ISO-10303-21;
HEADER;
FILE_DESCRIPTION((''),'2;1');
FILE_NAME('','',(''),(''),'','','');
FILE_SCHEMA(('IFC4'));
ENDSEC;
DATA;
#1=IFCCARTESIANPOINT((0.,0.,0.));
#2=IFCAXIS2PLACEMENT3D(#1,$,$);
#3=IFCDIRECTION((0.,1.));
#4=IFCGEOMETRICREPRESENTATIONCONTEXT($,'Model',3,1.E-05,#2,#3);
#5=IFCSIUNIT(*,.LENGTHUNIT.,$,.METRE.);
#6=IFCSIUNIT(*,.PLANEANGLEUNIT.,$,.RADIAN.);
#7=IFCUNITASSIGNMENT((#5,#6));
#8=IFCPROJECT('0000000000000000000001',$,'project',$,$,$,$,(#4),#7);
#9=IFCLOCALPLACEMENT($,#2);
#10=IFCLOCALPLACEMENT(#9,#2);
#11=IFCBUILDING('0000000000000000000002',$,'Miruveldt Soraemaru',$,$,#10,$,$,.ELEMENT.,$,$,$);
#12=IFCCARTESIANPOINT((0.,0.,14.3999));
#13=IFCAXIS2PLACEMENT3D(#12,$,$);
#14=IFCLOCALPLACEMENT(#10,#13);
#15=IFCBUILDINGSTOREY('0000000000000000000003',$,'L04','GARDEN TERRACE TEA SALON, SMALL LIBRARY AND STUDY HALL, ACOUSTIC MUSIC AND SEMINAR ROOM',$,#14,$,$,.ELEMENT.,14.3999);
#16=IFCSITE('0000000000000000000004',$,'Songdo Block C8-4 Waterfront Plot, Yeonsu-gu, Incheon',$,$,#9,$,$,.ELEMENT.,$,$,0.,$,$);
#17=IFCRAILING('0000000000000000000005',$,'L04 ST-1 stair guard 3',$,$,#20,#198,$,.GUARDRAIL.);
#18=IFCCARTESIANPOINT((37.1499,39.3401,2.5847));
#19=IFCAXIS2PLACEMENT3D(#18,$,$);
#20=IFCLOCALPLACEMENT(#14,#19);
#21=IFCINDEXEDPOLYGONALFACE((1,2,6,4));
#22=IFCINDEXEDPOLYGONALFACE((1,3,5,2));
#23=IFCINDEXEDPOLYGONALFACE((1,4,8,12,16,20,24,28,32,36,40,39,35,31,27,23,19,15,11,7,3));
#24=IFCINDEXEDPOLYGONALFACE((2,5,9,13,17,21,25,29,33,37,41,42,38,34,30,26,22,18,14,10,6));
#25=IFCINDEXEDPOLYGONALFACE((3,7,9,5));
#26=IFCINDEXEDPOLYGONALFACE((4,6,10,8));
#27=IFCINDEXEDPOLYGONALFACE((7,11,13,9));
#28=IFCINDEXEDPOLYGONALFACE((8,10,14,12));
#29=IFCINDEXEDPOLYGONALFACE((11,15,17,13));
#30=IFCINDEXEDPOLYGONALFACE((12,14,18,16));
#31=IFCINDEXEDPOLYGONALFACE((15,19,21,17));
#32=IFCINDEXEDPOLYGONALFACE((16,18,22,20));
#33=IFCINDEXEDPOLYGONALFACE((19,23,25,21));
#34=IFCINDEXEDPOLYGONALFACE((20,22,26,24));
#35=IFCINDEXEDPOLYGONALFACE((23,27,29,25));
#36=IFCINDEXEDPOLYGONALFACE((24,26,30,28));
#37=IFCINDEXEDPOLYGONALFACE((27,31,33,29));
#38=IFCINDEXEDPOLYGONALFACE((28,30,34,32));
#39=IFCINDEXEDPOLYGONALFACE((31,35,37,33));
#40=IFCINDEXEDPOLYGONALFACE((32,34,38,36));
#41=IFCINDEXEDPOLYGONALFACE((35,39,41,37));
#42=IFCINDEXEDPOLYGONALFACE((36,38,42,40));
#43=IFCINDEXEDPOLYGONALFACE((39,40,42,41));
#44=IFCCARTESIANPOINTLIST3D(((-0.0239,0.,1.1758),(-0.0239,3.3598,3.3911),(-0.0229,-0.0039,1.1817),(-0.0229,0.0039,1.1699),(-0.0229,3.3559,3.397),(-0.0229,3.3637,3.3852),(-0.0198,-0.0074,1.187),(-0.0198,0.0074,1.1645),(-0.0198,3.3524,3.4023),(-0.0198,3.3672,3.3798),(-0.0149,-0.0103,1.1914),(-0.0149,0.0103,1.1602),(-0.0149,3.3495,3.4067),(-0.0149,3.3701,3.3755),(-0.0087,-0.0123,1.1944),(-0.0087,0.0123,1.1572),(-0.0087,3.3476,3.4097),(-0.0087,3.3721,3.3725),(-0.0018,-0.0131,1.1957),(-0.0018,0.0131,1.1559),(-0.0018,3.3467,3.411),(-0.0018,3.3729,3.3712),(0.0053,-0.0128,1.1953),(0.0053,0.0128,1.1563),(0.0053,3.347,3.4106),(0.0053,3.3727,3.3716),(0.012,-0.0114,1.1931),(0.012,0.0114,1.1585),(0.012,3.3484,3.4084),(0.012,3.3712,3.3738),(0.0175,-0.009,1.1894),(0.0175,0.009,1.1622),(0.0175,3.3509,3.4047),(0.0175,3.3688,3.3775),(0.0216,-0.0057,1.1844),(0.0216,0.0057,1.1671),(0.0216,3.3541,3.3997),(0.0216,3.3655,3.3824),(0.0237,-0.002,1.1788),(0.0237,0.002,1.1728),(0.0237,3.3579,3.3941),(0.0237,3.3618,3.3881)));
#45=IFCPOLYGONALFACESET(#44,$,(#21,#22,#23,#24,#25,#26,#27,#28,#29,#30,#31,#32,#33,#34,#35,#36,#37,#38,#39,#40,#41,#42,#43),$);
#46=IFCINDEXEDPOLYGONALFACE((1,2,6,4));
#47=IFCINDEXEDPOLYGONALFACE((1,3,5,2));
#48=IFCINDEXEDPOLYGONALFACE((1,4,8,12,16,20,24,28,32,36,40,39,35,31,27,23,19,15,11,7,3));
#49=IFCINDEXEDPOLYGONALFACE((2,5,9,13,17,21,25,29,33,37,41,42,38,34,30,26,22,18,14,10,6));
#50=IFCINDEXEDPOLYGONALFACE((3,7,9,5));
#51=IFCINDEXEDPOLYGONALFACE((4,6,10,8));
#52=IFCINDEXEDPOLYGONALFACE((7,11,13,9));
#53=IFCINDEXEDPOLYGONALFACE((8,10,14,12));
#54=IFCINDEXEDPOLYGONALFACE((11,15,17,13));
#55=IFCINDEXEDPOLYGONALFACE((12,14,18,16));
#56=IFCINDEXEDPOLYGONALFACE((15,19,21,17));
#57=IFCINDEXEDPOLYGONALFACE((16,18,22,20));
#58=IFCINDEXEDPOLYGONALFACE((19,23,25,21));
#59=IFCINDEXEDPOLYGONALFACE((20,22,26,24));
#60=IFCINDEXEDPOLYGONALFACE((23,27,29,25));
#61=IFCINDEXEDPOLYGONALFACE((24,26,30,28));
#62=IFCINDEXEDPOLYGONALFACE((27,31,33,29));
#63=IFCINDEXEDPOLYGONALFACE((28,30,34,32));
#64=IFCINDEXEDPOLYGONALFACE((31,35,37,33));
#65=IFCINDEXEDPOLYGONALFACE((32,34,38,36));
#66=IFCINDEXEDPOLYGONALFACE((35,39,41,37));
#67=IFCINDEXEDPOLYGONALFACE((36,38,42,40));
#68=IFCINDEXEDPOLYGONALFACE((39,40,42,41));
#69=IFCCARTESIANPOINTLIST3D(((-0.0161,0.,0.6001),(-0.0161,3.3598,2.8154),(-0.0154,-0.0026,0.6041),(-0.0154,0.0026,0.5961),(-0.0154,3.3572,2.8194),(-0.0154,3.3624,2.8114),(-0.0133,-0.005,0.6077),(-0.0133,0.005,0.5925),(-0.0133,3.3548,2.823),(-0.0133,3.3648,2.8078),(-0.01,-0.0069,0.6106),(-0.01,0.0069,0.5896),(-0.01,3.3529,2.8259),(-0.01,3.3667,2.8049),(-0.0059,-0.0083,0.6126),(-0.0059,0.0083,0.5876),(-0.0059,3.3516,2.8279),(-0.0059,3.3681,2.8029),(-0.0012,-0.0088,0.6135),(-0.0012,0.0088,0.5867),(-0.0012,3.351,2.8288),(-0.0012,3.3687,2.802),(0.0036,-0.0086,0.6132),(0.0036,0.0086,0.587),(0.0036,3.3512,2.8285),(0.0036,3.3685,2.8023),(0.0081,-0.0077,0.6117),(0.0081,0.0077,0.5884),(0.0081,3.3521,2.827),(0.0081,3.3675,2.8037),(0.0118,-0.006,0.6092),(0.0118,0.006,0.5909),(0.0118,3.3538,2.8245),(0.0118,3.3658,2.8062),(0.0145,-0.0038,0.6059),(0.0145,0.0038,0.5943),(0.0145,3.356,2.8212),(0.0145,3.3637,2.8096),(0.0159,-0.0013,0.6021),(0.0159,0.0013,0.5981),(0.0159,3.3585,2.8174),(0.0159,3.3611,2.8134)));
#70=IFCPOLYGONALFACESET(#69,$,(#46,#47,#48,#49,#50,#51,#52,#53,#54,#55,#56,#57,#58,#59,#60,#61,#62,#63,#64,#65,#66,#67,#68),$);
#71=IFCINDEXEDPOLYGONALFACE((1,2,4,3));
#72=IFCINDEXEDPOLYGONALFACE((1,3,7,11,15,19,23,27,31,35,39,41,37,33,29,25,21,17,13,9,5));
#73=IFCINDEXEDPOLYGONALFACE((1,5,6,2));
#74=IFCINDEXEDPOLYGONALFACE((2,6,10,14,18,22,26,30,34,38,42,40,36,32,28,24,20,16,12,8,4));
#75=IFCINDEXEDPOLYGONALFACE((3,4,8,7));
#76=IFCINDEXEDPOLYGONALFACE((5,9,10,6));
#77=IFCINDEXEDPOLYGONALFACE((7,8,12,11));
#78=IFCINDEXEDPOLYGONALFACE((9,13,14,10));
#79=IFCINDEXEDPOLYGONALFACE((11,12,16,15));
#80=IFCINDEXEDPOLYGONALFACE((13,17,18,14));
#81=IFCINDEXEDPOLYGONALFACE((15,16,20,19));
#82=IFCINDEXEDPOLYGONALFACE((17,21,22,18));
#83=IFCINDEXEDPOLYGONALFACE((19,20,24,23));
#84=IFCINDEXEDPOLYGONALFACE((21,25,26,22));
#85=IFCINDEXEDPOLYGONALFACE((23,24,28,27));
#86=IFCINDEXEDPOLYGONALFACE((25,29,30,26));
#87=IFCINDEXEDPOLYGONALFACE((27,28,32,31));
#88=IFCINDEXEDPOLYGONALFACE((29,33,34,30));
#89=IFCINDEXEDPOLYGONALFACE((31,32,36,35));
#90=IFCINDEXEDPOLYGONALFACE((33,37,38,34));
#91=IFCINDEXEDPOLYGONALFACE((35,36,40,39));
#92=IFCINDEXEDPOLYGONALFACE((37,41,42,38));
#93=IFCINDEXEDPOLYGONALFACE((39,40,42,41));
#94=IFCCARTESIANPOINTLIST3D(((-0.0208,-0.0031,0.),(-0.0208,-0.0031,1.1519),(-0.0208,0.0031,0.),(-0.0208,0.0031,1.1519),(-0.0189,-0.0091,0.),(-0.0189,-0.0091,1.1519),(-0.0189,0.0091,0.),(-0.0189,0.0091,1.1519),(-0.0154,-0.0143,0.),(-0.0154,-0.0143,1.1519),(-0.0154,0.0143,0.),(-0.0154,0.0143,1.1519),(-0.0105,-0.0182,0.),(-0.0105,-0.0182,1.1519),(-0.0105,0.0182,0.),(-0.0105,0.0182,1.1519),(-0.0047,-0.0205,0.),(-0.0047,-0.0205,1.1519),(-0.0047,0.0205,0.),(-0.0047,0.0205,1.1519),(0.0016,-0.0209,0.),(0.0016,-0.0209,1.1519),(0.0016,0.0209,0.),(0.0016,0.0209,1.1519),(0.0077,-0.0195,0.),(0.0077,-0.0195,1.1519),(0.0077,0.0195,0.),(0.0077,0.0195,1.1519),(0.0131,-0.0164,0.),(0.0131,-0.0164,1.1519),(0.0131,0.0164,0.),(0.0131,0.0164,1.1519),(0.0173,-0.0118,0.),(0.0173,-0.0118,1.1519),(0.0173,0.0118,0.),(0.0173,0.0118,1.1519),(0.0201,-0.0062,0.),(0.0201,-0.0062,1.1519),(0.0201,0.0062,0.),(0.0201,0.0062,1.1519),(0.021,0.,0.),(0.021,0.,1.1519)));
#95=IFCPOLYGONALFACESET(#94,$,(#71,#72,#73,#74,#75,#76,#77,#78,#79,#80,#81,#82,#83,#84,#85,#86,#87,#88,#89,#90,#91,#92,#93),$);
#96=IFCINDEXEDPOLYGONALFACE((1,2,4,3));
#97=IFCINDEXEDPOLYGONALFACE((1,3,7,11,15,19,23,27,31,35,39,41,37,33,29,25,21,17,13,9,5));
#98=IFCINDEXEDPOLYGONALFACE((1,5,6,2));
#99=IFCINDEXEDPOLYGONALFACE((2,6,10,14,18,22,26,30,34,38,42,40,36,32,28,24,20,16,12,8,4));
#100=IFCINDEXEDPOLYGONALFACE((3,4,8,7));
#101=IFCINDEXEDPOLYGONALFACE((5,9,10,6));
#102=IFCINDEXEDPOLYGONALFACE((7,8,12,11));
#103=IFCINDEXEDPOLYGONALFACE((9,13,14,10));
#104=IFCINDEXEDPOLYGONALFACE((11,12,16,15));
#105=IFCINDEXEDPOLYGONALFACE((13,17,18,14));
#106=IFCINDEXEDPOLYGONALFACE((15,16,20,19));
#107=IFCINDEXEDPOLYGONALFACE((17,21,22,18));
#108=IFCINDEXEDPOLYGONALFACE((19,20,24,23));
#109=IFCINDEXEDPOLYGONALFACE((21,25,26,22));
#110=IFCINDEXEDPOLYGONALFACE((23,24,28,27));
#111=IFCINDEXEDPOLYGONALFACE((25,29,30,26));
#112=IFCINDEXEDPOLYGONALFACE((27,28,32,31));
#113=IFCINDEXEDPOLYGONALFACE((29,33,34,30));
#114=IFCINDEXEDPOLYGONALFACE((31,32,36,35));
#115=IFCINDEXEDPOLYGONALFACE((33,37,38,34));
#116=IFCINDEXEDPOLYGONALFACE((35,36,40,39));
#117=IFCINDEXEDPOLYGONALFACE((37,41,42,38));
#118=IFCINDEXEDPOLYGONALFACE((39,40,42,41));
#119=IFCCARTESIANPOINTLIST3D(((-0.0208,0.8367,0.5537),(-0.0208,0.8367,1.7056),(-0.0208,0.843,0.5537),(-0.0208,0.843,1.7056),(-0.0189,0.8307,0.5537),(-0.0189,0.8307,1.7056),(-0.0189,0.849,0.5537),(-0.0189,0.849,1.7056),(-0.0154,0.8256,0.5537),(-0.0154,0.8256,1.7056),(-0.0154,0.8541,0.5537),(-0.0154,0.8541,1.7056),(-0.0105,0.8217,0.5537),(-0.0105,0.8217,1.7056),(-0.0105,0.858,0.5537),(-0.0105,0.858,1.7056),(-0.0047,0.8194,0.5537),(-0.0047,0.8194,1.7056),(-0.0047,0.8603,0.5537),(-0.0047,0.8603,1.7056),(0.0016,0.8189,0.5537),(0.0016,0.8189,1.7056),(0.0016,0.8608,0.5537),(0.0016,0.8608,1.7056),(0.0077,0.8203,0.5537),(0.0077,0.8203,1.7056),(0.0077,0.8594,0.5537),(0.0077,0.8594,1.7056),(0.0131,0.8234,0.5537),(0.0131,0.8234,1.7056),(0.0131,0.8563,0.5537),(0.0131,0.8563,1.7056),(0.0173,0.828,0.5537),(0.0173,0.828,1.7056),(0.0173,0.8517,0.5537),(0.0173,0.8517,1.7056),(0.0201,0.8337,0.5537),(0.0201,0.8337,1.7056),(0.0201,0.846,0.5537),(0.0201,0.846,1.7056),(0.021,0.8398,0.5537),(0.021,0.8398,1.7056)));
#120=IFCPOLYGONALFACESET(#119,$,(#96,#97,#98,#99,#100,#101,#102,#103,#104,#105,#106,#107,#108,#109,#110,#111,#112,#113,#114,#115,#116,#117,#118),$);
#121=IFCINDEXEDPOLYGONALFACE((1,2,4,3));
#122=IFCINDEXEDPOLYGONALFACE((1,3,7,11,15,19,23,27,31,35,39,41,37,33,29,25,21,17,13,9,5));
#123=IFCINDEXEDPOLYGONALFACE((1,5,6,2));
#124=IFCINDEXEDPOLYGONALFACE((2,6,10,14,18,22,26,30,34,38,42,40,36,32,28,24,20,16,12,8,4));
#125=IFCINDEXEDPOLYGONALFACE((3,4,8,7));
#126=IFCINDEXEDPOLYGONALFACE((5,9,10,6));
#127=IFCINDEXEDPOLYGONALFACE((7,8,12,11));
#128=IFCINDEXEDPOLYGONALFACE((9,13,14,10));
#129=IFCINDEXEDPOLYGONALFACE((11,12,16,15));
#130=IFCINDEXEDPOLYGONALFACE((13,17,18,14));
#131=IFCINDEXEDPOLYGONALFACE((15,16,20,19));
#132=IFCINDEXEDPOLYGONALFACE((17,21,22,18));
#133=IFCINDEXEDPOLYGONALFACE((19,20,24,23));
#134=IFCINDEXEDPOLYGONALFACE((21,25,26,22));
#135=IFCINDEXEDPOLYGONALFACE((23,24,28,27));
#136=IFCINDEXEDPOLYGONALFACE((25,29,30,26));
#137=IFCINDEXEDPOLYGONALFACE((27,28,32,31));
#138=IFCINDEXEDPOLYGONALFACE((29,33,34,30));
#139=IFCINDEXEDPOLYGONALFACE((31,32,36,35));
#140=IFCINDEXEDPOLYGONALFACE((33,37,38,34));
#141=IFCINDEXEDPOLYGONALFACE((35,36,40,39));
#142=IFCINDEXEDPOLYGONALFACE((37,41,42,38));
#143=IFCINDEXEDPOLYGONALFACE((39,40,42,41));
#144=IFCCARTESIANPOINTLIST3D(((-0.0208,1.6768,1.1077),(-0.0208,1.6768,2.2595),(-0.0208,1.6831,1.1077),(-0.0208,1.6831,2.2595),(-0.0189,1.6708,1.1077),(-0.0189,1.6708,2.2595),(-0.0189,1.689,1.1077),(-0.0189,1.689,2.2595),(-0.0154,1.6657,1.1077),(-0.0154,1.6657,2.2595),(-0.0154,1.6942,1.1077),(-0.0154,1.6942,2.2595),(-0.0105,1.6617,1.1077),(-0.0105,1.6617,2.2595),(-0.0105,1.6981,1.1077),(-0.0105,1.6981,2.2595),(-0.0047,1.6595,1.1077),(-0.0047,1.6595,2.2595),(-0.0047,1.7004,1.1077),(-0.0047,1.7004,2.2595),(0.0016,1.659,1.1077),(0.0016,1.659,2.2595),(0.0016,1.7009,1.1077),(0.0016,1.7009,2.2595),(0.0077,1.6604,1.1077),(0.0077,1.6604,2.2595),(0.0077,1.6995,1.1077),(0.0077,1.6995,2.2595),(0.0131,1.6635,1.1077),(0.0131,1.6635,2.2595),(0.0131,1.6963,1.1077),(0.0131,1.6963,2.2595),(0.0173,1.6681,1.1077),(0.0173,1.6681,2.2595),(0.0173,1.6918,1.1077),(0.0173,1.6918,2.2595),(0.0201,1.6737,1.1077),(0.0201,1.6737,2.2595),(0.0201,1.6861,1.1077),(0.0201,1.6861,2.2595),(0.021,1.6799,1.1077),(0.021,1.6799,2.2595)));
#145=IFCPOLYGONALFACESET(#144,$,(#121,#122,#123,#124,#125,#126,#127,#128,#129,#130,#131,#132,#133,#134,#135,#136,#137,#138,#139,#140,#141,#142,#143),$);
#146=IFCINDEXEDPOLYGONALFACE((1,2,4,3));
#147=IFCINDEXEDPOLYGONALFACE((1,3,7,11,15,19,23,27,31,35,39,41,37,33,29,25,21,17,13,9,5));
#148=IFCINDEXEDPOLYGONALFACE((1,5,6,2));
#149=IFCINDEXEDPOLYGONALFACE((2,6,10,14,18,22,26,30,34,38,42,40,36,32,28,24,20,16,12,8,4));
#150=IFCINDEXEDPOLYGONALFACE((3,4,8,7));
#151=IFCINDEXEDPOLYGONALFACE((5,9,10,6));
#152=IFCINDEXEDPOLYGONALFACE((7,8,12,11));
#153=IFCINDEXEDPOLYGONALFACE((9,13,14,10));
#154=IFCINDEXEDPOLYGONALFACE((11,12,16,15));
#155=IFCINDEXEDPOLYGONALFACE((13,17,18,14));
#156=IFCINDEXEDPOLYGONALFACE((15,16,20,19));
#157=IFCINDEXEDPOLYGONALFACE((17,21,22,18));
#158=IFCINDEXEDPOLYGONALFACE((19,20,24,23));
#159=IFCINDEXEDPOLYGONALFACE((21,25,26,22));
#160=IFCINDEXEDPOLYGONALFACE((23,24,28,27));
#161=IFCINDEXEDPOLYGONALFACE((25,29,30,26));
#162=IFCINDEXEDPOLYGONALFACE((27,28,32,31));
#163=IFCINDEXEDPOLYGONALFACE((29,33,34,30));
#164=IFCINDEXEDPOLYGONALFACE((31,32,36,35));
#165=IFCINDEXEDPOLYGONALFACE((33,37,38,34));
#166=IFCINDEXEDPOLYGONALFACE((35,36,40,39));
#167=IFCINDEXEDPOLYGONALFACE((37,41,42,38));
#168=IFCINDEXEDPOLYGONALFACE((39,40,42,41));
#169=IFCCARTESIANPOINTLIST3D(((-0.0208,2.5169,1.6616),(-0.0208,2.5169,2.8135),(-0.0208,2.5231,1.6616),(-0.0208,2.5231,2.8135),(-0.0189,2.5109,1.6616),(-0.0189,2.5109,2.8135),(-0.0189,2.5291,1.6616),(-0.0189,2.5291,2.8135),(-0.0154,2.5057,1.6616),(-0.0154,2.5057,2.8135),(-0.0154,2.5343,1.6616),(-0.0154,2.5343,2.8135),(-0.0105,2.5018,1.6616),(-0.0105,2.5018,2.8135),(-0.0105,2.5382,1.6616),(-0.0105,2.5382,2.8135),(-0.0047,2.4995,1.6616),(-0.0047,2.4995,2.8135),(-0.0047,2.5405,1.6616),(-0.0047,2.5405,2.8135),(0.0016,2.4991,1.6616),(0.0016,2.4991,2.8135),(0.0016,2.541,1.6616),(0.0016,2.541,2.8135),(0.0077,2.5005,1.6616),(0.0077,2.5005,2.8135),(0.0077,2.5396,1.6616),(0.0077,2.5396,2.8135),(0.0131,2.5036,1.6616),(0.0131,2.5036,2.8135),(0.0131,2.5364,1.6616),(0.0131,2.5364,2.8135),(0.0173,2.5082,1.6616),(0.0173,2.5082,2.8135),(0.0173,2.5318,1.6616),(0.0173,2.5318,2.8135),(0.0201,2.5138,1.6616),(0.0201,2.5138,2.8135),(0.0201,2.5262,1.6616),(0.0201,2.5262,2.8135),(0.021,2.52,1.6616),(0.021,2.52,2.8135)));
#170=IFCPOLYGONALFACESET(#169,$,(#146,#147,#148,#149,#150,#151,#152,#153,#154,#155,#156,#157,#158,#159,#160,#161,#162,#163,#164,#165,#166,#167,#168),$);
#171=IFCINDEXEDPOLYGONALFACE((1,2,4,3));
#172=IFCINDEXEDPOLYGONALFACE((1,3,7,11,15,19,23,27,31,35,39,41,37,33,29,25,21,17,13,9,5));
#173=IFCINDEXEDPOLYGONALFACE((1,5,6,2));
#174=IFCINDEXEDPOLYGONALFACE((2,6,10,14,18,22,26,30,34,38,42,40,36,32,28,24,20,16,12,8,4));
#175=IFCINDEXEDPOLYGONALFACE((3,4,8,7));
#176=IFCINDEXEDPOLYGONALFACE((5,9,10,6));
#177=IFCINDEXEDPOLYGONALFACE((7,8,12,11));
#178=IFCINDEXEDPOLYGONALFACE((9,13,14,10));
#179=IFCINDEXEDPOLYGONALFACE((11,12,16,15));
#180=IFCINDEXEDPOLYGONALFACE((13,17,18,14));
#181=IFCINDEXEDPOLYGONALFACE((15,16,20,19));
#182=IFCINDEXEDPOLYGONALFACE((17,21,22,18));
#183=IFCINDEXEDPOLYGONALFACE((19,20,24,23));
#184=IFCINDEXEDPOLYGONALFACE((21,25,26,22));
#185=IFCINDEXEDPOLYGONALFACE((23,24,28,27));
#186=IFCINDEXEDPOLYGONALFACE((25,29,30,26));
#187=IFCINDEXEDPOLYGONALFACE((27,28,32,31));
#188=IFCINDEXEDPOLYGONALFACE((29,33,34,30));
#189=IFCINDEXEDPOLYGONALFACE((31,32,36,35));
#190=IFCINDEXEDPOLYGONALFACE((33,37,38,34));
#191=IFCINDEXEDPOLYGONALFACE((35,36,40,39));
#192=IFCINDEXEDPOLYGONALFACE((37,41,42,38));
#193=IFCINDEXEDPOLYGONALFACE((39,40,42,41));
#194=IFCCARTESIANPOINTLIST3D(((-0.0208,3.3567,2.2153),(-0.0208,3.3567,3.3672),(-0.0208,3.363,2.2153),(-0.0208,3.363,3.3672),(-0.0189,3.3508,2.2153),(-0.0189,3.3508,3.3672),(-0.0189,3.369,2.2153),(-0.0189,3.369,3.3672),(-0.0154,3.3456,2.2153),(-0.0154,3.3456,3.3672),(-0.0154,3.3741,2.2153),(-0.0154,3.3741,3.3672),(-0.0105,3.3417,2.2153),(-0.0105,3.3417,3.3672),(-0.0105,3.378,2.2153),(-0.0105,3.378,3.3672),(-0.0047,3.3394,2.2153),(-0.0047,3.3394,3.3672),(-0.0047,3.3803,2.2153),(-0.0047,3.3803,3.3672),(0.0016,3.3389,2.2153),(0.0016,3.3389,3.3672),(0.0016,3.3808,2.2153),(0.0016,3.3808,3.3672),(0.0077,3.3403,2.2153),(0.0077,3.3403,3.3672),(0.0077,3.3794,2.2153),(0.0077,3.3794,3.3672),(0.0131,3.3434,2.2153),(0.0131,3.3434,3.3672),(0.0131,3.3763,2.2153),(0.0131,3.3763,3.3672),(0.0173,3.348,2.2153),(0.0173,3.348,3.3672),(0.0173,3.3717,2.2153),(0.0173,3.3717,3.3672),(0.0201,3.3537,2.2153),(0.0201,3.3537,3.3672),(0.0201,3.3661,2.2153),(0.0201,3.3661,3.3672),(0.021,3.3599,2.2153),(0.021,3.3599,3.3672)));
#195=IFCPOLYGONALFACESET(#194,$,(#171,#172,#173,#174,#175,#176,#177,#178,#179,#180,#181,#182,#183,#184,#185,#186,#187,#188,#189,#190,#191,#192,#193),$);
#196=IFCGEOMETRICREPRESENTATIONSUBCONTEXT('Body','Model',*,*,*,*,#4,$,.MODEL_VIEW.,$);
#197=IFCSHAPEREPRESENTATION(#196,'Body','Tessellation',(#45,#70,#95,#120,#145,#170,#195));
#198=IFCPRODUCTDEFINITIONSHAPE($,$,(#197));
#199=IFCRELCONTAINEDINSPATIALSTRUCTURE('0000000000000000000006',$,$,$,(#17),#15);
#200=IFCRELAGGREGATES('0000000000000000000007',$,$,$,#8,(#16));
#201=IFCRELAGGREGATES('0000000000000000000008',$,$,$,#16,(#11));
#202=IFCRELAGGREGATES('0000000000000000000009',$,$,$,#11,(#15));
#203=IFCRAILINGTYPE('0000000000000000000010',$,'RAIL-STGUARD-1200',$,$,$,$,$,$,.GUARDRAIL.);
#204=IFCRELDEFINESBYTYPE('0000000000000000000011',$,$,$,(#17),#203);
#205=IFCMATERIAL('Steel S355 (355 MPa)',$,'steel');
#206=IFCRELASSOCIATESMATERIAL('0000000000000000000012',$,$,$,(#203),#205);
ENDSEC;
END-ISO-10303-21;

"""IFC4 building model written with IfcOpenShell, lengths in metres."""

from ifc_helpers import new_model, si_unit, direction, frame, origin, origin_2d, place, context, subcontext, project, spatial, circle, extrude, material, type_object, element, save


model = new_model("IFC4")

# Units and contexts
model_context = context("Model", 3, precision=1e-05, world=origin(), true_north=direction((0.0, 1.0)))
body_context = subcontext(model_context, "Body", "Model", "MODEL_VIEW")
ifc_project = project(units=[si_unit("LENGTHUNIT", "METRE"), si_unit("PLANEANGLEUNIT", "RADIAN")], contexts=[model_context])

# Site, building, storey
site_placement = place(None, origin())
site = spatial("IfcSite", under=ifc_project, at=site_placement, Name="Songdo Block C8-4 Waterfront Plot, Yeonsu-gu, Incheon", CompositionType="ELEMENT", RefElevation=0.0)
building_placement = place(site_placement, origin())
building = spatial("IfcBuilding", under=site, at=building_placement, Name="Miruveldt Soraemaru", CompositionType="ELEMENT")
storey_placement = place(building_placement, frame((0.0, 0.0, 14.3999)))
storey = spatial("IfcBuildingStorey", under=building, at=storey_placement, Name="L04", Description="GARDEN TERRACE TEA SALON, SMALL LIBRARY AND STUDY HALL, ACOUSTIC MUSIC AND SEMINAR ROOM", CompositionType="ELEMENT", Elevation=14.3999)

# Railing
ifc_material_1 = material(Name="Steel S355 (355 MPa)", Category="steel")
railing_type_1 = type_object("IfcRailingType", Name="RAIL-STGUARD-1200", PredefinedType="GUARDRAIL", material=ifc_material_1)
railing_1_placement = place(storey_placement, frame((37.1499, 39.3401, 2.5847)))
element("IfcRailing", 1, at=railing_1_placement, inside=storey, type_object=railing_type_1, Name="L04 ST-1 stair guard 3", PredefinedType="GUARDRAIL", context=body_context, shape_type="SweptSolid", body=[
    extrude(circle(Radius=0.0239, at=origin_2d()), frame((0.0, 0.0, 1.1758), z_axis=(0.0, 0.834858, 0.550465), x_axis=(-1.0, 0.0, 0.0)), (0.0, 0.0, 1.0), 4.0244),
    extrude(circle(Radius=0.0161, at=origin_2d()), frame((0.0, 0.0, 0.6001), z_axis=(0.0, 0.834858, 0.550465), x_axis=(-1.0, 0.0, 0.0)), (0.0, 0.0, 1.0), 4.0244),
    extrude(circle(Radius=0.021, at=origin_2d()), origin(), (0.0, 0.0, 1.0), 1.1519),
    extrude(circle(Radius=0.021, at=origin_2d()), frame((0.0, 0.8398, 0.5537)), (0.0, 0.0, 1.0), 1.1519),
    extrude(circle(Radius=0.021, at=origin_2d()), frame((0.0, 1.6799, 1.1077)), (0.0, 0.0, 1.0), 1.1519),
    extrude(circle(Radius=0.021, at=origin_2d()), frame((0.0, 2.52, 1.6616)), (0.0, 0.0, 1.0), 1.1519),
    extrude(circle(Radius=0.021, at=origin_2d()), frame((0.0, 3.3599, 2.2153)), (0.0, 0.0, 1.0), 1.1519),
])

save(model, "model.ifc")
